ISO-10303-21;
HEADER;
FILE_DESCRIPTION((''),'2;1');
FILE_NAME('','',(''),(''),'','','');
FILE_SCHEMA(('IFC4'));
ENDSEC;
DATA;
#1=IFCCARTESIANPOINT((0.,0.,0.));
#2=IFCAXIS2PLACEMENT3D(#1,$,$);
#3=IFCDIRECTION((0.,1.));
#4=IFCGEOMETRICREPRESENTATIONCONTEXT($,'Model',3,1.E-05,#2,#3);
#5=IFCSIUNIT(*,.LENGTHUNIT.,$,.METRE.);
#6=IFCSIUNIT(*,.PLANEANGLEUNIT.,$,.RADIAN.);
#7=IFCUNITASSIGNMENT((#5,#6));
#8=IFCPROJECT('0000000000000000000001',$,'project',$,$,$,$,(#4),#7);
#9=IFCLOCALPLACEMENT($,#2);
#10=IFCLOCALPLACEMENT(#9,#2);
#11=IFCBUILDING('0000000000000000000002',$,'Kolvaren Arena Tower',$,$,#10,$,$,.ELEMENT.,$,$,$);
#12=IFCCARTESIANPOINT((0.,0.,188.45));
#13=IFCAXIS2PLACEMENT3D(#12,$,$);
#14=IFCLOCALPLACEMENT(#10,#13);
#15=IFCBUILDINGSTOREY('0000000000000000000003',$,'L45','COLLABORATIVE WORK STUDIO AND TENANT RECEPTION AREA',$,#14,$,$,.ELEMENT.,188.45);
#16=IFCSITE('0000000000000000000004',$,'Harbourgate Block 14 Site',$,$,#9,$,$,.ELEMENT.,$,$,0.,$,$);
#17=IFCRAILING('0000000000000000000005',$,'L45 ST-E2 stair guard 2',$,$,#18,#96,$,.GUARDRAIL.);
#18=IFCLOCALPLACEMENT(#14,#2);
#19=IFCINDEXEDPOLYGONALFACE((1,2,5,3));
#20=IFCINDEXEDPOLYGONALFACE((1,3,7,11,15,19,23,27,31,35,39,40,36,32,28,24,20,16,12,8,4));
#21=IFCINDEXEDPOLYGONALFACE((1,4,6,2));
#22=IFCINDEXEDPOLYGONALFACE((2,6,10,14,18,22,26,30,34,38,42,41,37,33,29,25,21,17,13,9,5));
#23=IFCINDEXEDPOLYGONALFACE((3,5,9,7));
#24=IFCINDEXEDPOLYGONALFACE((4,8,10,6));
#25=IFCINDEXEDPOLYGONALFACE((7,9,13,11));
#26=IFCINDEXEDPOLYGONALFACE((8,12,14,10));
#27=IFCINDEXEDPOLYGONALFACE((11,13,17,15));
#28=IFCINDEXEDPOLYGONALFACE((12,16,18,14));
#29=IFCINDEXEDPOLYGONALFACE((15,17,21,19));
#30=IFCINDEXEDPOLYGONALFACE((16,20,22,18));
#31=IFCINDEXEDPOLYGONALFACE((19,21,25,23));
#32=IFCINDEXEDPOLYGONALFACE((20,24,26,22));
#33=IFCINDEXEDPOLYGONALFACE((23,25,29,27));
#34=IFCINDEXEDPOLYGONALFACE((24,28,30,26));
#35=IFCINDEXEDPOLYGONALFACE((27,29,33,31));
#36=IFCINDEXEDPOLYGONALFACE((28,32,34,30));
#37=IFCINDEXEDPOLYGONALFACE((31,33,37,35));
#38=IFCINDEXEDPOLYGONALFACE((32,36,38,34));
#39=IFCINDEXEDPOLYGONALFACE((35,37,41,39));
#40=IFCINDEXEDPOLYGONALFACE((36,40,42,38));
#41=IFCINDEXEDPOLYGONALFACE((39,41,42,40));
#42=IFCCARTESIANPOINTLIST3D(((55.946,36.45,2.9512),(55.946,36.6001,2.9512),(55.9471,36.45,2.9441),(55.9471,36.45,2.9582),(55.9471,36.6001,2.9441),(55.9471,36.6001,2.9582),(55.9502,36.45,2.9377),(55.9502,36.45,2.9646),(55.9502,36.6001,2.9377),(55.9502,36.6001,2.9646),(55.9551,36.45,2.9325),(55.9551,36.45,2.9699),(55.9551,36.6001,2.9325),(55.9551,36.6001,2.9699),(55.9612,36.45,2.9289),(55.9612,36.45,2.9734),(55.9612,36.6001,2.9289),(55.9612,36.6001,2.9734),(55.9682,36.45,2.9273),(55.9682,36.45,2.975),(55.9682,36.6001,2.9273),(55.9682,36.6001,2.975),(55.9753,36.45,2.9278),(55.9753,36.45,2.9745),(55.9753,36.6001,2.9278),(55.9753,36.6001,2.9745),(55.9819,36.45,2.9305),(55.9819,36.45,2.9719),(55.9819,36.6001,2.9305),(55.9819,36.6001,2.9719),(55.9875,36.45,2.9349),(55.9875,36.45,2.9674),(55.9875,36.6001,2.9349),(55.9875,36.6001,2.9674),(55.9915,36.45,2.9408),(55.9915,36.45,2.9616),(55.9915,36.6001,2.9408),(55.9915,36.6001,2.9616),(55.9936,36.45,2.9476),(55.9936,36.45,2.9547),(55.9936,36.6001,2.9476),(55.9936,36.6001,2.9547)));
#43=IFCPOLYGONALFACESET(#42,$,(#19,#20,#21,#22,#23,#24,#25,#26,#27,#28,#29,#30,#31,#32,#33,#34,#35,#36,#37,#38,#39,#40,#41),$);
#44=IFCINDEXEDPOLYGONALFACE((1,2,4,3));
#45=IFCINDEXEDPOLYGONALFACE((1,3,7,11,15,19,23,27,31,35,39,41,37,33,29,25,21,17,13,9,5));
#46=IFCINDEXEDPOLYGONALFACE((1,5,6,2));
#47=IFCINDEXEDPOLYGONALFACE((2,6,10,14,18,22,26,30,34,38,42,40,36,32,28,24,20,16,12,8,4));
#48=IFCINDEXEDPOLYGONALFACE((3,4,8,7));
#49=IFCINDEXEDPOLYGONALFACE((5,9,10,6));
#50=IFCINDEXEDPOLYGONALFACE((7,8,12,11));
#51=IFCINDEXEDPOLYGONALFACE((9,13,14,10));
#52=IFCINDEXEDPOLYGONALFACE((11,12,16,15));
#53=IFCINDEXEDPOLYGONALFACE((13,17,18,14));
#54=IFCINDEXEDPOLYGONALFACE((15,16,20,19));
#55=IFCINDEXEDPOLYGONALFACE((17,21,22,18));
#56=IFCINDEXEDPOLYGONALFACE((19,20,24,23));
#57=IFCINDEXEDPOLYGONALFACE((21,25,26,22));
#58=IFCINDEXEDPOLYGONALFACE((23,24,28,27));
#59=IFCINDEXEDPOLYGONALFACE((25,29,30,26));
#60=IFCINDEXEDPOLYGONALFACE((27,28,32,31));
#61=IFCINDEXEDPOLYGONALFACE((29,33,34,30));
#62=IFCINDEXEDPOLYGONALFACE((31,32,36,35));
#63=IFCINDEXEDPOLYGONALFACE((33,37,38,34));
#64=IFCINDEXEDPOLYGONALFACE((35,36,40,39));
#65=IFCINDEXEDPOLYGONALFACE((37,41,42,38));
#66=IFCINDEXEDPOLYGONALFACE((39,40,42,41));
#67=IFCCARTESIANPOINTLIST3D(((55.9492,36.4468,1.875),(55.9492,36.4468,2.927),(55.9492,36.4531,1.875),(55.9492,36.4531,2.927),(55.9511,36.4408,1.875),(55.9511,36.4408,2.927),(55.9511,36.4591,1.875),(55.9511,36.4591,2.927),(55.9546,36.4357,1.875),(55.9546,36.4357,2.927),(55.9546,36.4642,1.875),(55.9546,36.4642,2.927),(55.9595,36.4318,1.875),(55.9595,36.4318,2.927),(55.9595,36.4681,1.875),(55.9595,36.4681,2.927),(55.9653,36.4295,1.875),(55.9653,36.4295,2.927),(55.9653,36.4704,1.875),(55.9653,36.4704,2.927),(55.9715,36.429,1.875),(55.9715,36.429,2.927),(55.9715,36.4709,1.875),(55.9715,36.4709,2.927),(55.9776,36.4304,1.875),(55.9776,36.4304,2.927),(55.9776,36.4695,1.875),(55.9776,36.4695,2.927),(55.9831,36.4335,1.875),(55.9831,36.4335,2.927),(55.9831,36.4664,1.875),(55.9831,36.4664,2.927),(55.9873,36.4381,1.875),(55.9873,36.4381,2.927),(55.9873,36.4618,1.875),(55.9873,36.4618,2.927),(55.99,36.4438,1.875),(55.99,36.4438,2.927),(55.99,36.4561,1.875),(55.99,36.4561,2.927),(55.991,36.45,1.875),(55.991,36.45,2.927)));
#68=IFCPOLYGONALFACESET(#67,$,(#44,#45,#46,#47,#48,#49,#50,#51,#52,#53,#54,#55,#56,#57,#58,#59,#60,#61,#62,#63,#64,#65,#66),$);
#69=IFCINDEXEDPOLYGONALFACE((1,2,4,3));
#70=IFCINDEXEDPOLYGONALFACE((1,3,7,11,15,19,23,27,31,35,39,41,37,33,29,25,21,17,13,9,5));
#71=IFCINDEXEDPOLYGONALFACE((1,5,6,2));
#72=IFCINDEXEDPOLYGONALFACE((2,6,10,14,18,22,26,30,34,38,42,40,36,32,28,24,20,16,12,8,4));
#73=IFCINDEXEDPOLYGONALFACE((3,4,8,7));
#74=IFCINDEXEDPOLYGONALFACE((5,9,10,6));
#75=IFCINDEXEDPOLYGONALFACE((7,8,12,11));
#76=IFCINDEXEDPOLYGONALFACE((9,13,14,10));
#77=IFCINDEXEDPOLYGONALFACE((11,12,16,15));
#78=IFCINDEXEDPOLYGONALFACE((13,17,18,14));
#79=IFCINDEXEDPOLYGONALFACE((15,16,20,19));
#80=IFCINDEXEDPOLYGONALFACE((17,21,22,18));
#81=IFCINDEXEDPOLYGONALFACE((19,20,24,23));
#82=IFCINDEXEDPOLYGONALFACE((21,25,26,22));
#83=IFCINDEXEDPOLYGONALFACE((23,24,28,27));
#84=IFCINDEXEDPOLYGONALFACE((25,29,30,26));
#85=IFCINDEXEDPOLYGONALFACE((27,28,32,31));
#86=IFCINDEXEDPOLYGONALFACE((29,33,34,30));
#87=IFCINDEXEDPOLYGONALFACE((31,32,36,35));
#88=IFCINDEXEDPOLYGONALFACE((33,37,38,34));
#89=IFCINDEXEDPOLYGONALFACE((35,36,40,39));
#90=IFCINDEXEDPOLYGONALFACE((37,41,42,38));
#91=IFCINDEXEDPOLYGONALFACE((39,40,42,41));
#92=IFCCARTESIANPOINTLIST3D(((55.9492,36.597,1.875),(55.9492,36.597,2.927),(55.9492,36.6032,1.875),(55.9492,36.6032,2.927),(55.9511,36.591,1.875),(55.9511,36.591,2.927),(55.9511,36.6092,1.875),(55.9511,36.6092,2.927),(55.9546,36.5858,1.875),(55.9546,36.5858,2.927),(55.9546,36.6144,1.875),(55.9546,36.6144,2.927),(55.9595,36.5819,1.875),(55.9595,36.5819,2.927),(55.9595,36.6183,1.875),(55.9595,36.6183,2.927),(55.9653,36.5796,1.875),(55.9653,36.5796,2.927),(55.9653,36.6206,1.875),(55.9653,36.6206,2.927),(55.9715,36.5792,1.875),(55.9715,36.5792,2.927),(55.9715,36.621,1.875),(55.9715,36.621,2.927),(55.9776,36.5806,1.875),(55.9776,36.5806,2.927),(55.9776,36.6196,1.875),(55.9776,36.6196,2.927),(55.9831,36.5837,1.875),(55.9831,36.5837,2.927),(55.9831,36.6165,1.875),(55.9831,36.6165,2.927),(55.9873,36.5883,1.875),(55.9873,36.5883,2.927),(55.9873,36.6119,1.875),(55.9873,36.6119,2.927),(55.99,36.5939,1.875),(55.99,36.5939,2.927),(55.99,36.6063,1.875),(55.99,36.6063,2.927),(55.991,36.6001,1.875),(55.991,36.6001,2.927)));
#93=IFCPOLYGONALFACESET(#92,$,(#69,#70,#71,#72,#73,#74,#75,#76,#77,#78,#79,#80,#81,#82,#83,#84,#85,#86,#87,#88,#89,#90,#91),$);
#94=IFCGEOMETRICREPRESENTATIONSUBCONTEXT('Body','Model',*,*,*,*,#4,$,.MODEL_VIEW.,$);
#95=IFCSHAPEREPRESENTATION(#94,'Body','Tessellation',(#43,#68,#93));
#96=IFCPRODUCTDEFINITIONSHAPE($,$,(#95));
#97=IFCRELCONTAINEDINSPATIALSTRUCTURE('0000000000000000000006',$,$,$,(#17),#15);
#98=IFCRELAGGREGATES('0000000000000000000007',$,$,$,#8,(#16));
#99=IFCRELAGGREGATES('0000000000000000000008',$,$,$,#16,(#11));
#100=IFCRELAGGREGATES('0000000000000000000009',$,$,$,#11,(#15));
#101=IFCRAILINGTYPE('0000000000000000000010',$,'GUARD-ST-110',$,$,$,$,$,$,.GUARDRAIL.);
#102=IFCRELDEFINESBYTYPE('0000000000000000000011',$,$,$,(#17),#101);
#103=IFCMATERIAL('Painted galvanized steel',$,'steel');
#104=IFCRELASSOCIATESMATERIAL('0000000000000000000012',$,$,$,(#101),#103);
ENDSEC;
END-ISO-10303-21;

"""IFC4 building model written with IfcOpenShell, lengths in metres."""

from ifc_helpers import new_model, si_unit, direction, frame, origin, origin_2d, place, context, subcontext, project, spatial, circle, extrude, material, type_object, element, save


model = new_model("IFC4")

# Units and contexts
model_context = context("Model", 3, precision=1e-05, world=origin(), true_north=direction((0.0, 1.0)))
body_context = subcontext(model_context, "Body", "Model", "MODEL_VIEW")
ifc_project = project(units=[si_unit("LENGTHUNIT", "METRE"), si_unit("PLANEANGLEUNIT", "RADIAN")], contexts=[model_context])

# Site, building, storey
site_placement = place(None, origin())
site = spatial("IfcSite", under=ifc_project, at=site_placement, Name="Harbourgate Block 14 Site", CompositionType="ELEMENT", RefElevation=0.0)
building_placement = place(site_placement, origin())
building = spatial("IfcBuilding", under=site, at=building_placement, Name="Kolvaren Arena Tower", CompositionType="ELEMENT")
storey_placement = place(building_placement, frame((0.0, 0.0, 188.45)))
storey = spatial("IfcBuildingStorey", under=building, at=storey_placement, Name="L45", Description="COLLABORATIVE WORK STUDIO AND TENANT RECEPTION AREA", CompositionType="ELEMENT", Elevation=188.45)

# Railing
ifc_material_1 = material(Name="Painted galvanized steel", Category="steel")
railing_type_1 = type_object("IfcRailingType", Name="GUARD-ST-110", PredefinedType="GUARDRAIL", material=ifc_material_1)
railing_1_placement = place(storey_placement, frame((55.97, 36.45, 1.875)))
element("IfcRailing", 1, at=railing_1_placement, inside=storey, type_object=railing_type_1, Name="L45 ST-E2 stair guard 2", PredefinedType="GUARDRAIL", context=body_context, shape_type="SweptSolid", body=[
    extrude(circle(Radius=0.0239, at=origin_2d()), frame((0.0, 0.0, 1.0762), z_axis=(0.0, 1.0, 0.0), x_axis=(-1.0, 0.0, 0.0)), (0.0, 0.0, 1.0), 0.1501),
    extrude(circle(Radius=0.021, at=origin_2d()), origin(), (0.0, 0.0, 1.0), 1.052),
    extrude(circle(Radius=0.021, at=origin_2d()), frame((0.0, 0.1501, 0.0)), (0.0, 0.0, 1.0), 1.052),
])

save(model, "model.ifc")
